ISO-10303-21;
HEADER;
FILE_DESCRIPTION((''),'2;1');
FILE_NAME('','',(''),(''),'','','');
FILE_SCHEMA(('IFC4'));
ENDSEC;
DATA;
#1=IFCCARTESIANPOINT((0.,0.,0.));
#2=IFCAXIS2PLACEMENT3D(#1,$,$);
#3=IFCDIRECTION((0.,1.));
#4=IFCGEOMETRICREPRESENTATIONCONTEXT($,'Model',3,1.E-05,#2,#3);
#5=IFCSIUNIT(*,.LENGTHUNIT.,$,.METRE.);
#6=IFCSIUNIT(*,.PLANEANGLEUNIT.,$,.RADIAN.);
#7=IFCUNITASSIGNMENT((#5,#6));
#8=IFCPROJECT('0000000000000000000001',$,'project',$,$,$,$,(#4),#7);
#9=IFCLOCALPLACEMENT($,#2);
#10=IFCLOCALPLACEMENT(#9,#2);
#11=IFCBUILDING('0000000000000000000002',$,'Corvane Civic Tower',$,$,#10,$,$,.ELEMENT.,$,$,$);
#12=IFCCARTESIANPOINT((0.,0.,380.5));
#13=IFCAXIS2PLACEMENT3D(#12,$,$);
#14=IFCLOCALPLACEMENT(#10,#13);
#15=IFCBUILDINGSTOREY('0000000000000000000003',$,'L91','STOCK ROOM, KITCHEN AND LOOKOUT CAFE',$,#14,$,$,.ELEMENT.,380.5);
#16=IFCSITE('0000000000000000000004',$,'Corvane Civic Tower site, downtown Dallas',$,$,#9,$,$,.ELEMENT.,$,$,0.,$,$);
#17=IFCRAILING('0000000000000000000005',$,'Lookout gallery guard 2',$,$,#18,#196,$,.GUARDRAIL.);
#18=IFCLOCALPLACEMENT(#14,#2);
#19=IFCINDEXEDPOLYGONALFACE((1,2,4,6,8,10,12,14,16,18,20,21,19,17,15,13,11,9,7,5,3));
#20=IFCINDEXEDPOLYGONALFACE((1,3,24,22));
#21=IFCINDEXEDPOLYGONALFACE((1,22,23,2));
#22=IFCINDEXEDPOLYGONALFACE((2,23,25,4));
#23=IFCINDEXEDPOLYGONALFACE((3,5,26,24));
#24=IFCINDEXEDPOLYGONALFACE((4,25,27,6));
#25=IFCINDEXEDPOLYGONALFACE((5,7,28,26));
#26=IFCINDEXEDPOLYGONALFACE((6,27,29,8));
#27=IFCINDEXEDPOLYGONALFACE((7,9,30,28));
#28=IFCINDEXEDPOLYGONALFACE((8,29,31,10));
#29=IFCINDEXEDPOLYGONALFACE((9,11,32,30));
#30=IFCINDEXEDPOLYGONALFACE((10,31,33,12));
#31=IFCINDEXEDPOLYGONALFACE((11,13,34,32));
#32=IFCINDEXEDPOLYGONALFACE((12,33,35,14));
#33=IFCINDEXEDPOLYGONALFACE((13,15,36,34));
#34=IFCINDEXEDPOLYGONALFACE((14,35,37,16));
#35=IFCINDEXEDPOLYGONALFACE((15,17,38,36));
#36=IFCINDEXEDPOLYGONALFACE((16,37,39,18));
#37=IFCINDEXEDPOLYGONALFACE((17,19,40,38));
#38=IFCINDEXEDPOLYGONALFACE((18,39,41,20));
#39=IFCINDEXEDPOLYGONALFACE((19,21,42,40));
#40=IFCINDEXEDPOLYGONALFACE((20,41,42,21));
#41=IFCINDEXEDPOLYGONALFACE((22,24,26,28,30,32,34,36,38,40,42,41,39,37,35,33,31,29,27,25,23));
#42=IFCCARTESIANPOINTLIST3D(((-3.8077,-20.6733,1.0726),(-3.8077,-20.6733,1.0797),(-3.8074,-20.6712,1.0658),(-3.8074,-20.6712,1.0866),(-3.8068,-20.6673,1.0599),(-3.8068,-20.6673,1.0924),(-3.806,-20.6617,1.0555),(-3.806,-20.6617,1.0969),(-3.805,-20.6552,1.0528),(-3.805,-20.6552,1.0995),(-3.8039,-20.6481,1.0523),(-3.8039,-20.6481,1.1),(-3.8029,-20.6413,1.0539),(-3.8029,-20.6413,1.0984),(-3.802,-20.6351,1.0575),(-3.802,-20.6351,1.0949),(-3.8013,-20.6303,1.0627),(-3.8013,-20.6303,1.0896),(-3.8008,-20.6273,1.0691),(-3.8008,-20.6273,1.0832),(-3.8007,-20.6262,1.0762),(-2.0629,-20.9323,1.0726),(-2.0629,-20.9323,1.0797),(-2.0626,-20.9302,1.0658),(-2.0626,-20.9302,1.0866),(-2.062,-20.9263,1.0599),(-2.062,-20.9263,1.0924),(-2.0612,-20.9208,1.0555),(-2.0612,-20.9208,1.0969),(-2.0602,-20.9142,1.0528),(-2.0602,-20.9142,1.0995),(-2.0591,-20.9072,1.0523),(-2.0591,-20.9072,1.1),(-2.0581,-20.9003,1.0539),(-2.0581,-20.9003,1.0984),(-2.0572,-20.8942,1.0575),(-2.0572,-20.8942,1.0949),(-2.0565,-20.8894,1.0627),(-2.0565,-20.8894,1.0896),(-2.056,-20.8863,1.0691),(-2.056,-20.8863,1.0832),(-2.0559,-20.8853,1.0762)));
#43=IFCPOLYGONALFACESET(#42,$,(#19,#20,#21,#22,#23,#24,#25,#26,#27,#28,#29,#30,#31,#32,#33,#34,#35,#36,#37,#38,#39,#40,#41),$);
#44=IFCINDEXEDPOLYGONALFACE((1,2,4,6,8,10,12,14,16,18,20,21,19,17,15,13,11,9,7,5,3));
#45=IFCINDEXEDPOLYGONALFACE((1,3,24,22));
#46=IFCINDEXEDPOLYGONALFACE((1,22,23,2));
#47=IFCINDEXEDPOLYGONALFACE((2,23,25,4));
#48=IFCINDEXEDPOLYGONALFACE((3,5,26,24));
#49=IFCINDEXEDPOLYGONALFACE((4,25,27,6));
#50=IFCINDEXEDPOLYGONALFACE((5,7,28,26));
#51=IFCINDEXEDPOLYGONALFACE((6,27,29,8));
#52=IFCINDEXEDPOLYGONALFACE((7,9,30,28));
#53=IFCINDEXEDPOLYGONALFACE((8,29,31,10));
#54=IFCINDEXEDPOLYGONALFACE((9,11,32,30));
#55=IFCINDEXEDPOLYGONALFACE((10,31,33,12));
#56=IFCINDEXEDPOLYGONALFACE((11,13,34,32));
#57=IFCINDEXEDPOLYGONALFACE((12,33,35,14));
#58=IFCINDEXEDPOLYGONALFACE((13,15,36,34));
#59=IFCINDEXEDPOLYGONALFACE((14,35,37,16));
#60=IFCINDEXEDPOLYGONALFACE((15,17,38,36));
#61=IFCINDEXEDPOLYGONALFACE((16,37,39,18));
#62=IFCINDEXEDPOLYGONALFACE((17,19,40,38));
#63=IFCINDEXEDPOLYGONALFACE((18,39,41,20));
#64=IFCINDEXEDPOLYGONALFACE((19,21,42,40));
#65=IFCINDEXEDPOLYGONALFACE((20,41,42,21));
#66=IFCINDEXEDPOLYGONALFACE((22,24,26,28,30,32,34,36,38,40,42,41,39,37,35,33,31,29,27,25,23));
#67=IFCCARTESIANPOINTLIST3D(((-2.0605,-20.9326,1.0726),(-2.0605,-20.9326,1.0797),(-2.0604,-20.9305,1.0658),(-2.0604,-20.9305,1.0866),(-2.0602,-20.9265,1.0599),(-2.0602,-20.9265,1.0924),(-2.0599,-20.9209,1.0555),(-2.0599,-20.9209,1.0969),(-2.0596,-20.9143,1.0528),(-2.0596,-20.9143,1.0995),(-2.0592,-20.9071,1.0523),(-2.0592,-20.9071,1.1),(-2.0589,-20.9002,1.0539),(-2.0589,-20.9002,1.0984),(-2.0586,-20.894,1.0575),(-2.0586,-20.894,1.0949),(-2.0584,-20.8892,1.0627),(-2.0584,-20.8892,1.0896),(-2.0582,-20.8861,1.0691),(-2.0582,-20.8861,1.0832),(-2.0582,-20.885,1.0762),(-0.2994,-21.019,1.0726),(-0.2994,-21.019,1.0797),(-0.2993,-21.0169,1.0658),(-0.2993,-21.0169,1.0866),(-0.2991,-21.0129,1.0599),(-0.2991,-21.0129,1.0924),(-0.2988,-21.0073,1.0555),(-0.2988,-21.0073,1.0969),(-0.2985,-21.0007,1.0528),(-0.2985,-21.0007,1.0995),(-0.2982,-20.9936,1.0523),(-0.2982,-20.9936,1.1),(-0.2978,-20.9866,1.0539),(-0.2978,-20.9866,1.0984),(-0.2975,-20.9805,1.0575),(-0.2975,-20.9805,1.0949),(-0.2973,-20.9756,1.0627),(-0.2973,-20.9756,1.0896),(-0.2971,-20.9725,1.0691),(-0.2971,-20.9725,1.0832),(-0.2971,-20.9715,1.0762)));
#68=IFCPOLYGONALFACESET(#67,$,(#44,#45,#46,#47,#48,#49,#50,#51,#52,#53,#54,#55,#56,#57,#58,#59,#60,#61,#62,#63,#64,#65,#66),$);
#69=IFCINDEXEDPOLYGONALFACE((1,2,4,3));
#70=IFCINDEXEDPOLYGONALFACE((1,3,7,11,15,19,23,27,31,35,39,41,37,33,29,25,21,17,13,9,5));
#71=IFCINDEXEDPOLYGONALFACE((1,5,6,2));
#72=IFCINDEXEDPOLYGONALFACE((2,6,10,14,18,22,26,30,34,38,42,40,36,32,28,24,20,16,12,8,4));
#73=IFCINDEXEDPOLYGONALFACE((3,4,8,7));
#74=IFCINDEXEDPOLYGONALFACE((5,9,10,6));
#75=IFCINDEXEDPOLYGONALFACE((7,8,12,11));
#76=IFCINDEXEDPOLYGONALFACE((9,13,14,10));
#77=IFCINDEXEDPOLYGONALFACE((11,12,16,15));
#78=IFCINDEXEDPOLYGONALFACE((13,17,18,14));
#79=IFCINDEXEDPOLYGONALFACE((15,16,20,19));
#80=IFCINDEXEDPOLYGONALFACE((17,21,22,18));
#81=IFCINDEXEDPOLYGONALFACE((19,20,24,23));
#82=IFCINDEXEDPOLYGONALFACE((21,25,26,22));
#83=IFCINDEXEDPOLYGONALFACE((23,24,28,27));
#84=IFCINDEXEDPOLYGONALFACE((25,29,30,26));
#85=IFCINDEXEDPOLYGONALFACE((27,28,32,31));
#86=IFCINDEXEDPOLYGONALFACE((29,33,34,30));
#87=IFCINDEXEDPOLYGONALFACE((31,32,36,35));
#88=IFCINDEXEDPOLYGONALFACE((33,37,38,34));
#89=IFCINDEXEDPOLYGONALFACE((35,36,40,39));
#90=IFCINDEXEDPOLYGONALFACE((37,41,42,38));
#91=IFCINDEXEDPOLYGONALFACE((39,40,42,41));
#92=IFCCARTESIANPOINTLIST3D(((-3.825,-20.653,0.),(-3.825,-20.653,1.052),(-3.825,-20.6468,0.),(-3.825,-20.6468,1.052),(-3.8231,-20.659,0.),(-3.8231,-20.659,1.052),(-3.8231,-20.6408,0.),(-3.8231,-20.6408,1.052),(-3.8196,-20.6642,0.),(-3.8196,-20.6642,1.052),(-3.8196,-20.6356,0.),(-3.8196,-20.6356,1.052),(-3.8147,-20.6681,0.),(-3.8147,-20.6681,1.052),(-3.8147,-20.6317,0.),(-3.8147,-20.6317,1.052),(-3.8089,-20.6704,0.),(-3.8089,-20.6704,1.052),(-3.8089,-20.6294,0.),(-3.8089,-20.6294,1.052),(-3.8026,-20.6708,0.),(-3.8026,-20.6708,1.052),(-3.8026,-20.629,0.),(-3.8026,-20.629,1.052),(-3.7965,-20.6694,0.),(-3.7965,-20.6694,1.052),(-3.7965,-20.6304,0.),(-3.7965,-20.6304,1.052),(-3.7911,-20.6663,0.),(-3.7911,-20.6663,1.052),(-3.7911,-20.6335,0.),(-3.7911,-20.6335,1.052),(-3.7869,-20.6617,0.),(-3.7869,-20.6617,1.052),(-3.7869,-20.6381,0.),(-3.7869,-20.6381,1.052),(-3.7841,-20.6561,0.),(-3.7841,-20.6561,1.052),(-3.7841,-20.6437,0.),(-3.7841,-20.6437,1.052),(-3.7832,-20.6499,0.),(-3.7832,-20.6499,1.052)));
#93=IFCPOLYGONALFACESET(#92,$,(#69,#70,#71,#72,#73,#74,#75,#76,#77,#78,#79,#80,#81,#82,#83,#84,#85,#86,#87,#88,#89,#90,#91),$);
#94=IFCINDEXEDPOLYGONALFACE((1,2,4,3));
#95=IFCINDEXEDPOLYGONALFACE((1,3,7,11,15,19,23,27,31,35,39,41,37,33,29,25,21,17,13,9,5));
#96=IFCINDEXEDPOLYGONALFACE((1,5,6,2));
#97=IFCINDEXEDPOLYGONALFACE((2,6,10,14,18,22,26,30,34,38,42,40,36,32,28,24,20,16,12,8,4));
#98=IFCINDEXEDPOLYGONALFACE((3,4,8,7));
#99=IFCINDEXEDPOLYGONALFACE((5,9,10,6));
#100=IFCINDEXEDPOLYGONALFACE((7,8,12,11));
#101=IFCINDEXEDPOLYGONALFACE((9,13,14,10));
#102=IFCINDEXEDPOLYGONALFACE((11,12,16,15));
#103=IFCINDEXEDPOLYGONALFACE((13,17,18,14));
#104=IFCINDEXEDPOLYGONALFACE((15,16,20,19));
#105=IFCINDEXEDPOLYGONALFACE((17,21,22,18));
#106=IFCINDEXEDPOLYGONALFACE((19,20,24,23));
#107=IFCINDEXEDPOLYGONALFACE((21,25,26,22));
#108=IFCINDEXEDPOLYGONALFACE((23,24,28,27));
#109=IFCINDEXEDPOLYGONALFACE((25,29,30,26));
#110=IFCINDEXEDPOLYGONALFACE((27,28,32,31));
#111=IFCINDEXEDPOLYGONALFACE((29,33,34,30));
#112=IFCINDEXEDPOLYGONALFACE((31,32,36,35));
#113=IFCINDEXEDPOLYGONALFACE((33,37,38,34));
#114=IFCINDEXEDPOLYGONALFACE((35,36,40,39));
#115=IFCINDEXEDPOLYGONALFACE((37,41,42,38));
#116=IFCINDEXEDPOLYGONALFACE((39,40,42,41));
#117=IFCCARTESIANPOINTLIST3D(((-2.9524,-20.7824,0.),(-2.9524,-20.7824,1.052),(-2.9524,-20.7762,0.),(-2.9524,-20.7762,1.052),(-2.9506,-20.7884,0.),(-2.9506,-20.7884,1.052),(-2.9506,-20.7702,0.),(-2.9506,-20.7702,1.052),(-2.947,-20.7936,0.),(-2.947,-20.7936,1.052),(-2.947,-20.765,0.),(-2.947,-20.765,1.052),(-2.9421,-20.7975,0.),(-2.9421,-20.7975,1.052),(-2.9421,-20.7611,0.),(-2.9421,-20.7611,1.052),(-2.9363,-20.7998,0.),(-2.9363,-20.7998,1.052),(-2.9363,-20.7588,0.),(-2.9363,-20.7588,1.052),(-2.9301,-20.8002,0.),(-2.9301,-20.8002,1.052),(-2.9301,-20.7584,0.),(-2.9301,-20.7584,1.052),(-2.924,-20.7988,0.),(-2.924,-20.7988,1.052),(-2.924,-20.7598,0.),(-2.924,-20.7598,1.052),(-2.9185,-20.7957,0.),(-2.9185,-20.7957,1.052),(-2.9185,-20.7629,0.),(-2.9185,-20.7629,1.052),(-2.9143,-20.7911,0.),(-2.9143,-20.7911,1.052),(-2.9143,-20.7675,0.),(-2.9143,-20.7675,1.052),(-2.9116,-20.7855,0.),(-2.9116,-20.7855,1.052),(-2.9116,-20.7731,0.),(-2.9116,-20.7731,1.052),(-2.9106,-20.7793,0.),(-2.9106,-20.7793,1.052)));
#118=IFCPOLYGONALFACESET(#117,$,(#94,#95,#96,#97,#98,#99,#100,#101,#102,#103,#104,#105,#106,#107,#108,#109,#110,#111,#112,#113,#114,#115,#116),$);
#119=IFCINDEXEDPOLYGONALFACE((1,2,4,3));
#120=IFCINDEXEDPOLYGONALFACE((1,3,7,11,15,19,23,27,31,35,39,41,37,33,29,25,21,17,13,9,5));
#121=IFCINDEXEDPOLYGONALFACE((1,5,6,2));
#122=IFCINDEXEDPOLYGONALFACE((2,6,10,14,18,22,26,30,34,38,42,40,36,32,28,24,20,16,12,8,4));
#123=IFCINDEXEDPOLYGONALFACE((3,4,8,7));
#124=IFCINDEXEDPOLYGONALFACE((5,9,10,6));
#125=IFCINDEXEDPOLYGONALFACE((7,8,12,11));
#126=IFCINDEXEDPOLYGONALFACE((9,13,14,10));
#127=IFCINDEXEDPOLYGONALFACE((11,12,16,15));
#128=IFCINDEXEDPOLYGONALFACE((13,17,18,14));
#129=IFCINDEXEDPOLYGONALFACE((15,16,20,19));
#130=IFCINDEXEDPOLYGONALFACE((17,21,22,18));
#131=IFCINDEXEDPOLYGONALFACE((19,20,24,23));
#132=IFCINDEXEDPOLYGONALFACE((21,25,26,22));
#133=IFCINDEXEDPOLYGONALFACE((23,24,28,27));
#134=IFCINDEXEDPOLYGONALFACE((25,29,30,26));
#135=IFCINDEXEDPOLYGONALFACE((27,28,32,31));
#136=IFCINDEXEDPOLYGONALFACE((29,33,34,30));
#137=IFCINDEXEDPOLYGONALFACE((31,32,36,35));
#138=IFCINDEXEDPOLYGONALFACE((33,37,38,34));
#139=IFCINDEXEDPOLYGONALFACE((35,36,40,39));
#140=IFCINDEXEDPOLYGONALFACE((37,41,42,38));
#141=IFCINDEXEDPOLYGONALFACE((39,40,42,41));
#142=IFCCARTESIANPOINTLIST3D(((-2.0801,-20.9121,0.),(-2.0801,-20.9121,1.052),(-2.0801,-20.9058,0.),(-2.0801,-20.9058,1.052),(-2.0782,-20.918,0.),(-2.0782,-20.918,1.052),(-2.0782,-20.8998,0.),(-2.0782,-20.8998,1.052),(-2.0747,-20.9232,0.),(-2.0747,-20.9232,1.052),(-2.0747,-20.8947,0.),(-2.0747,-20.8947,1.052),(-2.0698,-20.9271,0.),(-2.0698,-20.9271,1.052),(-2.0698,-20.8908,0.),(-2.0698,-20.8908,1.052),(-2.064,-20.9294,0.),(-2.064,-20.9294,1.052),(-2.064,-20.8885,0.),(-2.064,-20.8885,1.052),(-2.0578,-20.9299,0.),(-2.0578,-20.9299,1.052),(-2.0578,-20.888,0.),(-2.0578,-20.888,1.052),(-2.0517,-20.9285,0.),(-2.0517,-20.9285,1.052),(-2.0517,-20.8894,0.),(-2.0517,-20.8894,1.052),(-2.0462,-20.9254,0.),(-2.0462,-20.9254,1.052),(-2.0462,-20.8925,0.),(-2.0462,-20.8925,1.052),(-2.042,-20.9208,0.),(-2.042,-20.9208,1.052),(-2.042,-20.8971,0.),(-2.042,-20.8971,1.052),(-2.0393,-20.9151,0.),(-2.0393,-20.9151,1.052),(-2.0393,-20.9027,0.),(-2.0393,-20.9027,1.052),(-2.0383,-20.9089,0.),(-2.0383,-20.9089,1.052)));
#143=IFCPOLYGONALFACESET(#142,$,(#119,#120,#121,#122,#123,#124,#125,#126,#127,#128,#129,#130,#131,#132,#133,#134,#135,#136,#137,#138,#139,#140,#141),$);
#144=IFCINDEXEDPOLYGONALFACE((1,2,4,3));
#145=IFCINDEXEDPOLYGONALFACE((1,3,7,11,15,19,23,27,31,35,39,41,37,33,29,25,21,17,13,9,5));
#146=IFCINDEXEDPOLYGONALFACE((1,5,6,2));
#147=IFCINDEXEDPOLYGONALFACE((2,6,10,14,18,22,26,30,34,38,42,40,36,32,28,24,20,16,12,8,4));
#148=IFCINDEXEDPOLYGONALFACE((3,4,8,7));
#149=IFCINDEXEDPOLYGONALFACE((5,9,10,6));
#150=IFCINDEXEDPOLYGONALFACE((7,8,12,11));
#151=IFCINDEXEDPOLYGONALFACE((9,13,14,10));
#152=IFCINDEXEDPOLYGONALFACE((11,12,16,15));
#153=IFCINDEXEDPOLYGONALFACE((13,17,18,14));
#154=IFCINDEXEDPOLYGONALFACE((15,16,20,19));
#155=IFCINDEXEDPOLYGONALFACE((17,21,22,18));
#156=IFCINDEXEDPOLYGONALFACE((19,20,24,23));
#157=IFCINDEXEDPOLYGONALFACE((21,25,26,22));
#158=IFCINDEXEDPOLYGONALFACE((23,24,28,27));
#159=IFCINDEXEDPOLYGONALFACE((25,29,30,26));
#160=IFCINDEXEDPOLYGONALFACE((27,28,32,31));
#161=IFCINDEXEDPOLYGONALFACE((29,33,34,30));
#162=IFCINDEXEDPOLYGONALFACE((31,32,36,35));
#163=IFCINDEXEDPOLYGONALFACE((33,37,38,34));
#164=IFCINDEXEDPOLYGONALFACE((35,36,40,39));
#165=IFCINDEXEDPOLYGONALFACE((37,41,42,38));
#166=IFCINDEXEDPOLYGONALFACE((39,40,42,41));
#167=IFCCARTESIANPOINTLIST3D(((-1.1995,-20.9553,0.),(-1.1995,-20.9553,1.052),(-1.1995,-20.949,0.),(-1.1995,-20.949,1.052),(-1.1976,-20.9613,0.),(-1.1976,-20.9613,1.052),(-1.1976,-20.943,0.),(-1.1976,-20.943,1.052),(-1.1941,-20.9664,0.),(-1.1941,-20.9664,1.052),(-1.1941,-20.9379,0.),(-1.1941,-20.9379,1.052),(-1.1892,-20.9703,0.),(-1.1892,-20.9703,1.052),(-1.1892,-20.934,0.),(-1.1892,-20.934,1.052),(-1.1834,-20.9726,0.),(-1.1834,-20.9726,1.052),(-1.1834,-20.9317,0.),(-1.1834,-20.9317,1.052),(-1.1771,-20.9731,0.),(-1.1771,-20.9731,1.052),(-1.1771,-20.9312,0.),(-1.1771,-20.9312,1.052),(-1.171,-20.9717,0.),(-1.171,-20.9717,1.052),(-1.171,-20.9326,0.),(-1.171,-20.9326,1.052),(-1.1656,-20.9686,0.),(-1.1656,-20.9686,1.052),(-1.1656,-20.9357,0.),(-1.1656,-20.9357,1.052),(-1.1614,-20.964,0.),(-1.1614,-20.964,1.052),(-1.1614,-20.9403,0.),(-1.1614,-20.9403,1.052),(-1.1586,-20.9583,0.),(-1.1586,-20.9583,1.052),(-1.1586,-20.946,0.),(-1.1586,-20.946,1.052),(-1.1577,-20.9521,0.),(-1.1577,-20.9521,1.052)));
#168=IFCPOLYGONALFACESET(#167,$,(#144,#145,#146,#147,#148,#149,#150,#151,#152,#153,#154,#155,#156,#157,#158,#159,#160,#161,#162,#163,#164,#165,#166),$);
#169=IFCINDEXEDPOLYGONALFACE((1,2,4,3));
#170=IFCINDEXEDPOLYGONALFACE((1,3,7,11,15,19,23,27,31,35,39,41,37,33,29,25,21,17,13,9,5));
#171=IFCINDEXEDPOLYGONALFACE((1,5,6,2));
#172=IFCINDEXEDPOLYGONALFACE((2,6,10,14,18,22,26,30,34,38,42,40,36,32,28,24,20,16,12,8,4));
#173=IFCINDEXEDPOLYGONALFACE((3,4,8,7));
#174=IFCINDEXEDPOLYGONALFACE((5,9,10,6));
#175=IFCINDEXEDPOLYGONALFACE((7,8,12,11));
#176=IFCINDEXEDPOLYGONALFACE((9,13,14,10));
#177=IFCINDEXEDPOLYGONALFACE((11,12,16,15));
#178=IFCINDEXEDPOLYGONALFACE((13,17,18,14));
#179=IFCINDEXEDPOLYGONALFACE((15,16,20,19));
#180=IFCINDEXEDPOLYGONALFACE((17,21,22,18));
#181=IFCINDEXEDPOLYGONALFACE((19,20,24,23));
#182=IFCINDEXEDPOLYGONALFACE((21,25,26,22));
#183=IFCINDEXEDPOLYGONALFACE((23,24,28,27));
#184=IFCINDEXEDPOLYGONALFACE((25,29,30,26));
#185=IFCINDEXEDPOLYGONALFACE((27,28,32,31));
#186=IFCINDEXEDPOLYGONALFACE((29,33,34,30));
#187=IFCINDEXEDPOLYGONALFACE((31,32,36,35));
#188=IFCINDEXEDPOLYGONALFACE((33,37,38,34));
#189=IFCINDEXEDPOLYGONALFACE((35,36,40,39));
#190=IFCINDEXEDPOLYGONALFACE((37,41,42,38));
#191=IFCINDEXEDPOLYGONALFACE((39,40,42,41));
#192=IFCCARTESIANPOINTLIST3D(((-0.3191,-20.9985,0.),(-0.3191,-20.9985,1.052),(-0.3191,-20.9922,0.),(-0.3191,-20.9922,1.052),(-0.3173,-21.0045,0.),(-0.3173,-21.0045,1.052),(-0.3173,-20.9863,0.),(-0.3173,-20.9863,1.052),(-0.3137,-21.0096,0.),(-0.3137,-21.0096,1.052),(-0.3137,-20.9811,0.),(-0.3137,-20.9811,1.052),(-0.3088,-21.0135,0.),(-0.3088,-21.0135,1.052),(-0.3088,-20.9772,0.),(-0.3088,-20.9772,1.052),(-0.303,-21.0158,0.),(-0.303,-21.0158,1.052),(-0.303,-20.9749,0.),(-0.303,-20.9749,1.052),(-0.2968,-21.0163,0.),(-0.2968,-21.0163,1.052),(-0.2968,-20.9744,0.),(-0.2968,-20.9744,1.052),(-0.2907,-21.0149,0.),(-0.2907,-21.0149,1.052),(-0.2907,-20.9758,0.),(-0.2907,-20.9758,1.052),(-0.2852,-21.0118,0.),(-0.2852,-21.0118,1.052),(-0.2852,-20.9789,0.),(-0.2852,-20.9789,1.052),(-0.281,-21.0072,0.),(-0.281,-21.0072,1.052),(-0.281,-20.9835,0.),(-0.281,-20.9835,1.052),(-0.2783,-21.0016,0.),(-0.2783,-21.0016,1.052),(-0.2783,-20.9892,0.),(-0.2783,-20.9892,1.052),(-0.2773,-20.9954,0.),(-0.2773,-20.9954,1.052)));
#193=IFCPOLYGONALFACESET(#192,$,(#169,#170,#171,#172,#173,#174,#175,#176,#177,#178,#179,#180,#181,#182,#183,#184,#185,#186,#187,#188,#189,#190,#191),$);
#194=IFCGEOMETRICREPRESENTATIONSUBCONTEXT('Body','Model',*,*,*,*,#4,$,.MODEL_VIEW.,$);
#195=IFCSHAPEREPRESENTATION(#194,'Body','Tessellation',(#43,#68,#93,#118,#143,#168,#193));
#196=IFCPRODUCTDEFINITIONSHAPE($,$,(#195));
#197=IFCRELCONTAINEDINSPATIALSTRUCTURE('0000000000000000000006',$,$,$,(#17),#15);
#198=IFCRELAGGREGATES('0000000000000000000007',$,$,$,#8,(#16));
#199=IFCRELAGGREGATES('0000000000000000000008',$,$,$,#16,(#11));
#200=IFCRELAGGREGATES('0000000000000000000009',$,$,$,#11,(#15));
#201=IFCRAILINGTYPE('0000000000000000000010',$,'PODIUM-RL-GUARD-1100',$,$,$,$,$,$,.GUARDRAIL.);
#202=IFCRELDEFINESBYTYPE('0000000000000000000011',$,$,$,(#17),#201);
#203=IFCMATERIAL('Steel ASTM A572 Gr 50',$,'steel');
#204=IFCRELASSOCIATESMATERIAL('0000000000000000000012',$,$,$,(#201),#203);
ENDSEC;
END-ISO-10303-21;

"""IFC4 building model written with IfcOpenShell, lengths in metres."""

from ifc_helpers import new_model, si_unit, direction, frame, origin, origin_2d, place, context, subcontext, project, spatial, circle, extrude, material, type_object, element, save


model = new_model("IFC4")

# Units and contexts
model_context = context("Model", 3, precision=1e-05, world=origin(), true_north=direction((0.0, 1.0)))
body_context = subcontext(model_context, "Body", "Model", "MODEL_VIEW")
ifc_project = project(units=[si_unit("LENGTHUNIT", "METRE"), si_unit("PLANEANGLEUNIT", "RADIAN")], contexts=[model_context])

# Site, building, storey
site_placement = place(None, origin())
site = spatial("IfcSite", under=ifc_project, at=site_placement, Name="Corvane Civic Tower site, downtown Dallas", CompositionType="ELEMENT", RefElevation=0.0)
building_placement = place(site_placement, origin())
building = spatial("IfcBuilding", under=site, at=building_placement, Name="Corvane Civic Tower", CompositionType="ELEMENT")
storey_placement = place(building_placement, frame((0.0, 0.0, 380.5)))
storey = spatial("IfcBuildingStorey", under=building, at=storey_placement, Name="L91", Description="STOCK ROOM, KITCHEN AND LOOKOUT CAFE", CompositionType="ELEMENT", Elevation=380.5)

# Railing
ifc_material_1 = material(Name="Steel ASTM A572 Gr 50", Category="steel")
railing_type = type_object("IfcRailingType", Name="PODIUM-RL-GUARD-1100", PredefinedType="GUARDRAIL", material=ifc_material_1)
railing_placement = place(storey_placement, frame((-3.8042, -20.6499, 0.0)))
element("IfcRailing", 1, at=railing_placement, inside=storey, type_object=railing_type, Name="Lookout gallery guard 2", PredefinedType="GUARDRAIL", context=body_context, shape_type="SweptSolid", body=[
    extrude(circle(Radius=0.0239, at=origin_2d()), frame((0.0, 0.0, 1.0762), z_axis=(0.98916, -0.146845, 0.0), x_axis=(0.146845, 0.98916, 0.0)), (0.0, 0.0, 1.0), 1.7639),
    extrude(circle(Radius=0.0239, at=origin_2d()), frame((1.7449, -0.259, 1.0762), z_axis=(0.998798, -0.049019, 0.0), x_axis=(0.049019, 0.998798, 0.0)), (0.0, 0.0, 1.0), 1.7632),
    extrude(circle(Radius=0.021, at=origin_2d()), origin(), (0.0, 0.0, 1.0), 1.052),
    extrude(circle(Radius=0.021, at=origin_2d()), frame((0.8726, -0.1294, 0.0)), (0.0, 0.0, 1.0), 1.052),
    extrude(circle(Radius=0.021, at=origin_2d()), frame((1.7449, -0.259, 0.0)), (0.0, 0.0, 1.0), 1.052),
    extrude(circle(Radius=0.021, at=origin_2d()), frame((2.6255, -0.3022, 0.0)), (0.0, 0.0, 1.0), 1.052),
    extrude(circle(Radius=0.021, at=origin_2d()), frame((3.5059, -0.3455, 0.0)), (0.0, 0.0, 1.0), 1.052),
])

save(model, "model.ifc")
